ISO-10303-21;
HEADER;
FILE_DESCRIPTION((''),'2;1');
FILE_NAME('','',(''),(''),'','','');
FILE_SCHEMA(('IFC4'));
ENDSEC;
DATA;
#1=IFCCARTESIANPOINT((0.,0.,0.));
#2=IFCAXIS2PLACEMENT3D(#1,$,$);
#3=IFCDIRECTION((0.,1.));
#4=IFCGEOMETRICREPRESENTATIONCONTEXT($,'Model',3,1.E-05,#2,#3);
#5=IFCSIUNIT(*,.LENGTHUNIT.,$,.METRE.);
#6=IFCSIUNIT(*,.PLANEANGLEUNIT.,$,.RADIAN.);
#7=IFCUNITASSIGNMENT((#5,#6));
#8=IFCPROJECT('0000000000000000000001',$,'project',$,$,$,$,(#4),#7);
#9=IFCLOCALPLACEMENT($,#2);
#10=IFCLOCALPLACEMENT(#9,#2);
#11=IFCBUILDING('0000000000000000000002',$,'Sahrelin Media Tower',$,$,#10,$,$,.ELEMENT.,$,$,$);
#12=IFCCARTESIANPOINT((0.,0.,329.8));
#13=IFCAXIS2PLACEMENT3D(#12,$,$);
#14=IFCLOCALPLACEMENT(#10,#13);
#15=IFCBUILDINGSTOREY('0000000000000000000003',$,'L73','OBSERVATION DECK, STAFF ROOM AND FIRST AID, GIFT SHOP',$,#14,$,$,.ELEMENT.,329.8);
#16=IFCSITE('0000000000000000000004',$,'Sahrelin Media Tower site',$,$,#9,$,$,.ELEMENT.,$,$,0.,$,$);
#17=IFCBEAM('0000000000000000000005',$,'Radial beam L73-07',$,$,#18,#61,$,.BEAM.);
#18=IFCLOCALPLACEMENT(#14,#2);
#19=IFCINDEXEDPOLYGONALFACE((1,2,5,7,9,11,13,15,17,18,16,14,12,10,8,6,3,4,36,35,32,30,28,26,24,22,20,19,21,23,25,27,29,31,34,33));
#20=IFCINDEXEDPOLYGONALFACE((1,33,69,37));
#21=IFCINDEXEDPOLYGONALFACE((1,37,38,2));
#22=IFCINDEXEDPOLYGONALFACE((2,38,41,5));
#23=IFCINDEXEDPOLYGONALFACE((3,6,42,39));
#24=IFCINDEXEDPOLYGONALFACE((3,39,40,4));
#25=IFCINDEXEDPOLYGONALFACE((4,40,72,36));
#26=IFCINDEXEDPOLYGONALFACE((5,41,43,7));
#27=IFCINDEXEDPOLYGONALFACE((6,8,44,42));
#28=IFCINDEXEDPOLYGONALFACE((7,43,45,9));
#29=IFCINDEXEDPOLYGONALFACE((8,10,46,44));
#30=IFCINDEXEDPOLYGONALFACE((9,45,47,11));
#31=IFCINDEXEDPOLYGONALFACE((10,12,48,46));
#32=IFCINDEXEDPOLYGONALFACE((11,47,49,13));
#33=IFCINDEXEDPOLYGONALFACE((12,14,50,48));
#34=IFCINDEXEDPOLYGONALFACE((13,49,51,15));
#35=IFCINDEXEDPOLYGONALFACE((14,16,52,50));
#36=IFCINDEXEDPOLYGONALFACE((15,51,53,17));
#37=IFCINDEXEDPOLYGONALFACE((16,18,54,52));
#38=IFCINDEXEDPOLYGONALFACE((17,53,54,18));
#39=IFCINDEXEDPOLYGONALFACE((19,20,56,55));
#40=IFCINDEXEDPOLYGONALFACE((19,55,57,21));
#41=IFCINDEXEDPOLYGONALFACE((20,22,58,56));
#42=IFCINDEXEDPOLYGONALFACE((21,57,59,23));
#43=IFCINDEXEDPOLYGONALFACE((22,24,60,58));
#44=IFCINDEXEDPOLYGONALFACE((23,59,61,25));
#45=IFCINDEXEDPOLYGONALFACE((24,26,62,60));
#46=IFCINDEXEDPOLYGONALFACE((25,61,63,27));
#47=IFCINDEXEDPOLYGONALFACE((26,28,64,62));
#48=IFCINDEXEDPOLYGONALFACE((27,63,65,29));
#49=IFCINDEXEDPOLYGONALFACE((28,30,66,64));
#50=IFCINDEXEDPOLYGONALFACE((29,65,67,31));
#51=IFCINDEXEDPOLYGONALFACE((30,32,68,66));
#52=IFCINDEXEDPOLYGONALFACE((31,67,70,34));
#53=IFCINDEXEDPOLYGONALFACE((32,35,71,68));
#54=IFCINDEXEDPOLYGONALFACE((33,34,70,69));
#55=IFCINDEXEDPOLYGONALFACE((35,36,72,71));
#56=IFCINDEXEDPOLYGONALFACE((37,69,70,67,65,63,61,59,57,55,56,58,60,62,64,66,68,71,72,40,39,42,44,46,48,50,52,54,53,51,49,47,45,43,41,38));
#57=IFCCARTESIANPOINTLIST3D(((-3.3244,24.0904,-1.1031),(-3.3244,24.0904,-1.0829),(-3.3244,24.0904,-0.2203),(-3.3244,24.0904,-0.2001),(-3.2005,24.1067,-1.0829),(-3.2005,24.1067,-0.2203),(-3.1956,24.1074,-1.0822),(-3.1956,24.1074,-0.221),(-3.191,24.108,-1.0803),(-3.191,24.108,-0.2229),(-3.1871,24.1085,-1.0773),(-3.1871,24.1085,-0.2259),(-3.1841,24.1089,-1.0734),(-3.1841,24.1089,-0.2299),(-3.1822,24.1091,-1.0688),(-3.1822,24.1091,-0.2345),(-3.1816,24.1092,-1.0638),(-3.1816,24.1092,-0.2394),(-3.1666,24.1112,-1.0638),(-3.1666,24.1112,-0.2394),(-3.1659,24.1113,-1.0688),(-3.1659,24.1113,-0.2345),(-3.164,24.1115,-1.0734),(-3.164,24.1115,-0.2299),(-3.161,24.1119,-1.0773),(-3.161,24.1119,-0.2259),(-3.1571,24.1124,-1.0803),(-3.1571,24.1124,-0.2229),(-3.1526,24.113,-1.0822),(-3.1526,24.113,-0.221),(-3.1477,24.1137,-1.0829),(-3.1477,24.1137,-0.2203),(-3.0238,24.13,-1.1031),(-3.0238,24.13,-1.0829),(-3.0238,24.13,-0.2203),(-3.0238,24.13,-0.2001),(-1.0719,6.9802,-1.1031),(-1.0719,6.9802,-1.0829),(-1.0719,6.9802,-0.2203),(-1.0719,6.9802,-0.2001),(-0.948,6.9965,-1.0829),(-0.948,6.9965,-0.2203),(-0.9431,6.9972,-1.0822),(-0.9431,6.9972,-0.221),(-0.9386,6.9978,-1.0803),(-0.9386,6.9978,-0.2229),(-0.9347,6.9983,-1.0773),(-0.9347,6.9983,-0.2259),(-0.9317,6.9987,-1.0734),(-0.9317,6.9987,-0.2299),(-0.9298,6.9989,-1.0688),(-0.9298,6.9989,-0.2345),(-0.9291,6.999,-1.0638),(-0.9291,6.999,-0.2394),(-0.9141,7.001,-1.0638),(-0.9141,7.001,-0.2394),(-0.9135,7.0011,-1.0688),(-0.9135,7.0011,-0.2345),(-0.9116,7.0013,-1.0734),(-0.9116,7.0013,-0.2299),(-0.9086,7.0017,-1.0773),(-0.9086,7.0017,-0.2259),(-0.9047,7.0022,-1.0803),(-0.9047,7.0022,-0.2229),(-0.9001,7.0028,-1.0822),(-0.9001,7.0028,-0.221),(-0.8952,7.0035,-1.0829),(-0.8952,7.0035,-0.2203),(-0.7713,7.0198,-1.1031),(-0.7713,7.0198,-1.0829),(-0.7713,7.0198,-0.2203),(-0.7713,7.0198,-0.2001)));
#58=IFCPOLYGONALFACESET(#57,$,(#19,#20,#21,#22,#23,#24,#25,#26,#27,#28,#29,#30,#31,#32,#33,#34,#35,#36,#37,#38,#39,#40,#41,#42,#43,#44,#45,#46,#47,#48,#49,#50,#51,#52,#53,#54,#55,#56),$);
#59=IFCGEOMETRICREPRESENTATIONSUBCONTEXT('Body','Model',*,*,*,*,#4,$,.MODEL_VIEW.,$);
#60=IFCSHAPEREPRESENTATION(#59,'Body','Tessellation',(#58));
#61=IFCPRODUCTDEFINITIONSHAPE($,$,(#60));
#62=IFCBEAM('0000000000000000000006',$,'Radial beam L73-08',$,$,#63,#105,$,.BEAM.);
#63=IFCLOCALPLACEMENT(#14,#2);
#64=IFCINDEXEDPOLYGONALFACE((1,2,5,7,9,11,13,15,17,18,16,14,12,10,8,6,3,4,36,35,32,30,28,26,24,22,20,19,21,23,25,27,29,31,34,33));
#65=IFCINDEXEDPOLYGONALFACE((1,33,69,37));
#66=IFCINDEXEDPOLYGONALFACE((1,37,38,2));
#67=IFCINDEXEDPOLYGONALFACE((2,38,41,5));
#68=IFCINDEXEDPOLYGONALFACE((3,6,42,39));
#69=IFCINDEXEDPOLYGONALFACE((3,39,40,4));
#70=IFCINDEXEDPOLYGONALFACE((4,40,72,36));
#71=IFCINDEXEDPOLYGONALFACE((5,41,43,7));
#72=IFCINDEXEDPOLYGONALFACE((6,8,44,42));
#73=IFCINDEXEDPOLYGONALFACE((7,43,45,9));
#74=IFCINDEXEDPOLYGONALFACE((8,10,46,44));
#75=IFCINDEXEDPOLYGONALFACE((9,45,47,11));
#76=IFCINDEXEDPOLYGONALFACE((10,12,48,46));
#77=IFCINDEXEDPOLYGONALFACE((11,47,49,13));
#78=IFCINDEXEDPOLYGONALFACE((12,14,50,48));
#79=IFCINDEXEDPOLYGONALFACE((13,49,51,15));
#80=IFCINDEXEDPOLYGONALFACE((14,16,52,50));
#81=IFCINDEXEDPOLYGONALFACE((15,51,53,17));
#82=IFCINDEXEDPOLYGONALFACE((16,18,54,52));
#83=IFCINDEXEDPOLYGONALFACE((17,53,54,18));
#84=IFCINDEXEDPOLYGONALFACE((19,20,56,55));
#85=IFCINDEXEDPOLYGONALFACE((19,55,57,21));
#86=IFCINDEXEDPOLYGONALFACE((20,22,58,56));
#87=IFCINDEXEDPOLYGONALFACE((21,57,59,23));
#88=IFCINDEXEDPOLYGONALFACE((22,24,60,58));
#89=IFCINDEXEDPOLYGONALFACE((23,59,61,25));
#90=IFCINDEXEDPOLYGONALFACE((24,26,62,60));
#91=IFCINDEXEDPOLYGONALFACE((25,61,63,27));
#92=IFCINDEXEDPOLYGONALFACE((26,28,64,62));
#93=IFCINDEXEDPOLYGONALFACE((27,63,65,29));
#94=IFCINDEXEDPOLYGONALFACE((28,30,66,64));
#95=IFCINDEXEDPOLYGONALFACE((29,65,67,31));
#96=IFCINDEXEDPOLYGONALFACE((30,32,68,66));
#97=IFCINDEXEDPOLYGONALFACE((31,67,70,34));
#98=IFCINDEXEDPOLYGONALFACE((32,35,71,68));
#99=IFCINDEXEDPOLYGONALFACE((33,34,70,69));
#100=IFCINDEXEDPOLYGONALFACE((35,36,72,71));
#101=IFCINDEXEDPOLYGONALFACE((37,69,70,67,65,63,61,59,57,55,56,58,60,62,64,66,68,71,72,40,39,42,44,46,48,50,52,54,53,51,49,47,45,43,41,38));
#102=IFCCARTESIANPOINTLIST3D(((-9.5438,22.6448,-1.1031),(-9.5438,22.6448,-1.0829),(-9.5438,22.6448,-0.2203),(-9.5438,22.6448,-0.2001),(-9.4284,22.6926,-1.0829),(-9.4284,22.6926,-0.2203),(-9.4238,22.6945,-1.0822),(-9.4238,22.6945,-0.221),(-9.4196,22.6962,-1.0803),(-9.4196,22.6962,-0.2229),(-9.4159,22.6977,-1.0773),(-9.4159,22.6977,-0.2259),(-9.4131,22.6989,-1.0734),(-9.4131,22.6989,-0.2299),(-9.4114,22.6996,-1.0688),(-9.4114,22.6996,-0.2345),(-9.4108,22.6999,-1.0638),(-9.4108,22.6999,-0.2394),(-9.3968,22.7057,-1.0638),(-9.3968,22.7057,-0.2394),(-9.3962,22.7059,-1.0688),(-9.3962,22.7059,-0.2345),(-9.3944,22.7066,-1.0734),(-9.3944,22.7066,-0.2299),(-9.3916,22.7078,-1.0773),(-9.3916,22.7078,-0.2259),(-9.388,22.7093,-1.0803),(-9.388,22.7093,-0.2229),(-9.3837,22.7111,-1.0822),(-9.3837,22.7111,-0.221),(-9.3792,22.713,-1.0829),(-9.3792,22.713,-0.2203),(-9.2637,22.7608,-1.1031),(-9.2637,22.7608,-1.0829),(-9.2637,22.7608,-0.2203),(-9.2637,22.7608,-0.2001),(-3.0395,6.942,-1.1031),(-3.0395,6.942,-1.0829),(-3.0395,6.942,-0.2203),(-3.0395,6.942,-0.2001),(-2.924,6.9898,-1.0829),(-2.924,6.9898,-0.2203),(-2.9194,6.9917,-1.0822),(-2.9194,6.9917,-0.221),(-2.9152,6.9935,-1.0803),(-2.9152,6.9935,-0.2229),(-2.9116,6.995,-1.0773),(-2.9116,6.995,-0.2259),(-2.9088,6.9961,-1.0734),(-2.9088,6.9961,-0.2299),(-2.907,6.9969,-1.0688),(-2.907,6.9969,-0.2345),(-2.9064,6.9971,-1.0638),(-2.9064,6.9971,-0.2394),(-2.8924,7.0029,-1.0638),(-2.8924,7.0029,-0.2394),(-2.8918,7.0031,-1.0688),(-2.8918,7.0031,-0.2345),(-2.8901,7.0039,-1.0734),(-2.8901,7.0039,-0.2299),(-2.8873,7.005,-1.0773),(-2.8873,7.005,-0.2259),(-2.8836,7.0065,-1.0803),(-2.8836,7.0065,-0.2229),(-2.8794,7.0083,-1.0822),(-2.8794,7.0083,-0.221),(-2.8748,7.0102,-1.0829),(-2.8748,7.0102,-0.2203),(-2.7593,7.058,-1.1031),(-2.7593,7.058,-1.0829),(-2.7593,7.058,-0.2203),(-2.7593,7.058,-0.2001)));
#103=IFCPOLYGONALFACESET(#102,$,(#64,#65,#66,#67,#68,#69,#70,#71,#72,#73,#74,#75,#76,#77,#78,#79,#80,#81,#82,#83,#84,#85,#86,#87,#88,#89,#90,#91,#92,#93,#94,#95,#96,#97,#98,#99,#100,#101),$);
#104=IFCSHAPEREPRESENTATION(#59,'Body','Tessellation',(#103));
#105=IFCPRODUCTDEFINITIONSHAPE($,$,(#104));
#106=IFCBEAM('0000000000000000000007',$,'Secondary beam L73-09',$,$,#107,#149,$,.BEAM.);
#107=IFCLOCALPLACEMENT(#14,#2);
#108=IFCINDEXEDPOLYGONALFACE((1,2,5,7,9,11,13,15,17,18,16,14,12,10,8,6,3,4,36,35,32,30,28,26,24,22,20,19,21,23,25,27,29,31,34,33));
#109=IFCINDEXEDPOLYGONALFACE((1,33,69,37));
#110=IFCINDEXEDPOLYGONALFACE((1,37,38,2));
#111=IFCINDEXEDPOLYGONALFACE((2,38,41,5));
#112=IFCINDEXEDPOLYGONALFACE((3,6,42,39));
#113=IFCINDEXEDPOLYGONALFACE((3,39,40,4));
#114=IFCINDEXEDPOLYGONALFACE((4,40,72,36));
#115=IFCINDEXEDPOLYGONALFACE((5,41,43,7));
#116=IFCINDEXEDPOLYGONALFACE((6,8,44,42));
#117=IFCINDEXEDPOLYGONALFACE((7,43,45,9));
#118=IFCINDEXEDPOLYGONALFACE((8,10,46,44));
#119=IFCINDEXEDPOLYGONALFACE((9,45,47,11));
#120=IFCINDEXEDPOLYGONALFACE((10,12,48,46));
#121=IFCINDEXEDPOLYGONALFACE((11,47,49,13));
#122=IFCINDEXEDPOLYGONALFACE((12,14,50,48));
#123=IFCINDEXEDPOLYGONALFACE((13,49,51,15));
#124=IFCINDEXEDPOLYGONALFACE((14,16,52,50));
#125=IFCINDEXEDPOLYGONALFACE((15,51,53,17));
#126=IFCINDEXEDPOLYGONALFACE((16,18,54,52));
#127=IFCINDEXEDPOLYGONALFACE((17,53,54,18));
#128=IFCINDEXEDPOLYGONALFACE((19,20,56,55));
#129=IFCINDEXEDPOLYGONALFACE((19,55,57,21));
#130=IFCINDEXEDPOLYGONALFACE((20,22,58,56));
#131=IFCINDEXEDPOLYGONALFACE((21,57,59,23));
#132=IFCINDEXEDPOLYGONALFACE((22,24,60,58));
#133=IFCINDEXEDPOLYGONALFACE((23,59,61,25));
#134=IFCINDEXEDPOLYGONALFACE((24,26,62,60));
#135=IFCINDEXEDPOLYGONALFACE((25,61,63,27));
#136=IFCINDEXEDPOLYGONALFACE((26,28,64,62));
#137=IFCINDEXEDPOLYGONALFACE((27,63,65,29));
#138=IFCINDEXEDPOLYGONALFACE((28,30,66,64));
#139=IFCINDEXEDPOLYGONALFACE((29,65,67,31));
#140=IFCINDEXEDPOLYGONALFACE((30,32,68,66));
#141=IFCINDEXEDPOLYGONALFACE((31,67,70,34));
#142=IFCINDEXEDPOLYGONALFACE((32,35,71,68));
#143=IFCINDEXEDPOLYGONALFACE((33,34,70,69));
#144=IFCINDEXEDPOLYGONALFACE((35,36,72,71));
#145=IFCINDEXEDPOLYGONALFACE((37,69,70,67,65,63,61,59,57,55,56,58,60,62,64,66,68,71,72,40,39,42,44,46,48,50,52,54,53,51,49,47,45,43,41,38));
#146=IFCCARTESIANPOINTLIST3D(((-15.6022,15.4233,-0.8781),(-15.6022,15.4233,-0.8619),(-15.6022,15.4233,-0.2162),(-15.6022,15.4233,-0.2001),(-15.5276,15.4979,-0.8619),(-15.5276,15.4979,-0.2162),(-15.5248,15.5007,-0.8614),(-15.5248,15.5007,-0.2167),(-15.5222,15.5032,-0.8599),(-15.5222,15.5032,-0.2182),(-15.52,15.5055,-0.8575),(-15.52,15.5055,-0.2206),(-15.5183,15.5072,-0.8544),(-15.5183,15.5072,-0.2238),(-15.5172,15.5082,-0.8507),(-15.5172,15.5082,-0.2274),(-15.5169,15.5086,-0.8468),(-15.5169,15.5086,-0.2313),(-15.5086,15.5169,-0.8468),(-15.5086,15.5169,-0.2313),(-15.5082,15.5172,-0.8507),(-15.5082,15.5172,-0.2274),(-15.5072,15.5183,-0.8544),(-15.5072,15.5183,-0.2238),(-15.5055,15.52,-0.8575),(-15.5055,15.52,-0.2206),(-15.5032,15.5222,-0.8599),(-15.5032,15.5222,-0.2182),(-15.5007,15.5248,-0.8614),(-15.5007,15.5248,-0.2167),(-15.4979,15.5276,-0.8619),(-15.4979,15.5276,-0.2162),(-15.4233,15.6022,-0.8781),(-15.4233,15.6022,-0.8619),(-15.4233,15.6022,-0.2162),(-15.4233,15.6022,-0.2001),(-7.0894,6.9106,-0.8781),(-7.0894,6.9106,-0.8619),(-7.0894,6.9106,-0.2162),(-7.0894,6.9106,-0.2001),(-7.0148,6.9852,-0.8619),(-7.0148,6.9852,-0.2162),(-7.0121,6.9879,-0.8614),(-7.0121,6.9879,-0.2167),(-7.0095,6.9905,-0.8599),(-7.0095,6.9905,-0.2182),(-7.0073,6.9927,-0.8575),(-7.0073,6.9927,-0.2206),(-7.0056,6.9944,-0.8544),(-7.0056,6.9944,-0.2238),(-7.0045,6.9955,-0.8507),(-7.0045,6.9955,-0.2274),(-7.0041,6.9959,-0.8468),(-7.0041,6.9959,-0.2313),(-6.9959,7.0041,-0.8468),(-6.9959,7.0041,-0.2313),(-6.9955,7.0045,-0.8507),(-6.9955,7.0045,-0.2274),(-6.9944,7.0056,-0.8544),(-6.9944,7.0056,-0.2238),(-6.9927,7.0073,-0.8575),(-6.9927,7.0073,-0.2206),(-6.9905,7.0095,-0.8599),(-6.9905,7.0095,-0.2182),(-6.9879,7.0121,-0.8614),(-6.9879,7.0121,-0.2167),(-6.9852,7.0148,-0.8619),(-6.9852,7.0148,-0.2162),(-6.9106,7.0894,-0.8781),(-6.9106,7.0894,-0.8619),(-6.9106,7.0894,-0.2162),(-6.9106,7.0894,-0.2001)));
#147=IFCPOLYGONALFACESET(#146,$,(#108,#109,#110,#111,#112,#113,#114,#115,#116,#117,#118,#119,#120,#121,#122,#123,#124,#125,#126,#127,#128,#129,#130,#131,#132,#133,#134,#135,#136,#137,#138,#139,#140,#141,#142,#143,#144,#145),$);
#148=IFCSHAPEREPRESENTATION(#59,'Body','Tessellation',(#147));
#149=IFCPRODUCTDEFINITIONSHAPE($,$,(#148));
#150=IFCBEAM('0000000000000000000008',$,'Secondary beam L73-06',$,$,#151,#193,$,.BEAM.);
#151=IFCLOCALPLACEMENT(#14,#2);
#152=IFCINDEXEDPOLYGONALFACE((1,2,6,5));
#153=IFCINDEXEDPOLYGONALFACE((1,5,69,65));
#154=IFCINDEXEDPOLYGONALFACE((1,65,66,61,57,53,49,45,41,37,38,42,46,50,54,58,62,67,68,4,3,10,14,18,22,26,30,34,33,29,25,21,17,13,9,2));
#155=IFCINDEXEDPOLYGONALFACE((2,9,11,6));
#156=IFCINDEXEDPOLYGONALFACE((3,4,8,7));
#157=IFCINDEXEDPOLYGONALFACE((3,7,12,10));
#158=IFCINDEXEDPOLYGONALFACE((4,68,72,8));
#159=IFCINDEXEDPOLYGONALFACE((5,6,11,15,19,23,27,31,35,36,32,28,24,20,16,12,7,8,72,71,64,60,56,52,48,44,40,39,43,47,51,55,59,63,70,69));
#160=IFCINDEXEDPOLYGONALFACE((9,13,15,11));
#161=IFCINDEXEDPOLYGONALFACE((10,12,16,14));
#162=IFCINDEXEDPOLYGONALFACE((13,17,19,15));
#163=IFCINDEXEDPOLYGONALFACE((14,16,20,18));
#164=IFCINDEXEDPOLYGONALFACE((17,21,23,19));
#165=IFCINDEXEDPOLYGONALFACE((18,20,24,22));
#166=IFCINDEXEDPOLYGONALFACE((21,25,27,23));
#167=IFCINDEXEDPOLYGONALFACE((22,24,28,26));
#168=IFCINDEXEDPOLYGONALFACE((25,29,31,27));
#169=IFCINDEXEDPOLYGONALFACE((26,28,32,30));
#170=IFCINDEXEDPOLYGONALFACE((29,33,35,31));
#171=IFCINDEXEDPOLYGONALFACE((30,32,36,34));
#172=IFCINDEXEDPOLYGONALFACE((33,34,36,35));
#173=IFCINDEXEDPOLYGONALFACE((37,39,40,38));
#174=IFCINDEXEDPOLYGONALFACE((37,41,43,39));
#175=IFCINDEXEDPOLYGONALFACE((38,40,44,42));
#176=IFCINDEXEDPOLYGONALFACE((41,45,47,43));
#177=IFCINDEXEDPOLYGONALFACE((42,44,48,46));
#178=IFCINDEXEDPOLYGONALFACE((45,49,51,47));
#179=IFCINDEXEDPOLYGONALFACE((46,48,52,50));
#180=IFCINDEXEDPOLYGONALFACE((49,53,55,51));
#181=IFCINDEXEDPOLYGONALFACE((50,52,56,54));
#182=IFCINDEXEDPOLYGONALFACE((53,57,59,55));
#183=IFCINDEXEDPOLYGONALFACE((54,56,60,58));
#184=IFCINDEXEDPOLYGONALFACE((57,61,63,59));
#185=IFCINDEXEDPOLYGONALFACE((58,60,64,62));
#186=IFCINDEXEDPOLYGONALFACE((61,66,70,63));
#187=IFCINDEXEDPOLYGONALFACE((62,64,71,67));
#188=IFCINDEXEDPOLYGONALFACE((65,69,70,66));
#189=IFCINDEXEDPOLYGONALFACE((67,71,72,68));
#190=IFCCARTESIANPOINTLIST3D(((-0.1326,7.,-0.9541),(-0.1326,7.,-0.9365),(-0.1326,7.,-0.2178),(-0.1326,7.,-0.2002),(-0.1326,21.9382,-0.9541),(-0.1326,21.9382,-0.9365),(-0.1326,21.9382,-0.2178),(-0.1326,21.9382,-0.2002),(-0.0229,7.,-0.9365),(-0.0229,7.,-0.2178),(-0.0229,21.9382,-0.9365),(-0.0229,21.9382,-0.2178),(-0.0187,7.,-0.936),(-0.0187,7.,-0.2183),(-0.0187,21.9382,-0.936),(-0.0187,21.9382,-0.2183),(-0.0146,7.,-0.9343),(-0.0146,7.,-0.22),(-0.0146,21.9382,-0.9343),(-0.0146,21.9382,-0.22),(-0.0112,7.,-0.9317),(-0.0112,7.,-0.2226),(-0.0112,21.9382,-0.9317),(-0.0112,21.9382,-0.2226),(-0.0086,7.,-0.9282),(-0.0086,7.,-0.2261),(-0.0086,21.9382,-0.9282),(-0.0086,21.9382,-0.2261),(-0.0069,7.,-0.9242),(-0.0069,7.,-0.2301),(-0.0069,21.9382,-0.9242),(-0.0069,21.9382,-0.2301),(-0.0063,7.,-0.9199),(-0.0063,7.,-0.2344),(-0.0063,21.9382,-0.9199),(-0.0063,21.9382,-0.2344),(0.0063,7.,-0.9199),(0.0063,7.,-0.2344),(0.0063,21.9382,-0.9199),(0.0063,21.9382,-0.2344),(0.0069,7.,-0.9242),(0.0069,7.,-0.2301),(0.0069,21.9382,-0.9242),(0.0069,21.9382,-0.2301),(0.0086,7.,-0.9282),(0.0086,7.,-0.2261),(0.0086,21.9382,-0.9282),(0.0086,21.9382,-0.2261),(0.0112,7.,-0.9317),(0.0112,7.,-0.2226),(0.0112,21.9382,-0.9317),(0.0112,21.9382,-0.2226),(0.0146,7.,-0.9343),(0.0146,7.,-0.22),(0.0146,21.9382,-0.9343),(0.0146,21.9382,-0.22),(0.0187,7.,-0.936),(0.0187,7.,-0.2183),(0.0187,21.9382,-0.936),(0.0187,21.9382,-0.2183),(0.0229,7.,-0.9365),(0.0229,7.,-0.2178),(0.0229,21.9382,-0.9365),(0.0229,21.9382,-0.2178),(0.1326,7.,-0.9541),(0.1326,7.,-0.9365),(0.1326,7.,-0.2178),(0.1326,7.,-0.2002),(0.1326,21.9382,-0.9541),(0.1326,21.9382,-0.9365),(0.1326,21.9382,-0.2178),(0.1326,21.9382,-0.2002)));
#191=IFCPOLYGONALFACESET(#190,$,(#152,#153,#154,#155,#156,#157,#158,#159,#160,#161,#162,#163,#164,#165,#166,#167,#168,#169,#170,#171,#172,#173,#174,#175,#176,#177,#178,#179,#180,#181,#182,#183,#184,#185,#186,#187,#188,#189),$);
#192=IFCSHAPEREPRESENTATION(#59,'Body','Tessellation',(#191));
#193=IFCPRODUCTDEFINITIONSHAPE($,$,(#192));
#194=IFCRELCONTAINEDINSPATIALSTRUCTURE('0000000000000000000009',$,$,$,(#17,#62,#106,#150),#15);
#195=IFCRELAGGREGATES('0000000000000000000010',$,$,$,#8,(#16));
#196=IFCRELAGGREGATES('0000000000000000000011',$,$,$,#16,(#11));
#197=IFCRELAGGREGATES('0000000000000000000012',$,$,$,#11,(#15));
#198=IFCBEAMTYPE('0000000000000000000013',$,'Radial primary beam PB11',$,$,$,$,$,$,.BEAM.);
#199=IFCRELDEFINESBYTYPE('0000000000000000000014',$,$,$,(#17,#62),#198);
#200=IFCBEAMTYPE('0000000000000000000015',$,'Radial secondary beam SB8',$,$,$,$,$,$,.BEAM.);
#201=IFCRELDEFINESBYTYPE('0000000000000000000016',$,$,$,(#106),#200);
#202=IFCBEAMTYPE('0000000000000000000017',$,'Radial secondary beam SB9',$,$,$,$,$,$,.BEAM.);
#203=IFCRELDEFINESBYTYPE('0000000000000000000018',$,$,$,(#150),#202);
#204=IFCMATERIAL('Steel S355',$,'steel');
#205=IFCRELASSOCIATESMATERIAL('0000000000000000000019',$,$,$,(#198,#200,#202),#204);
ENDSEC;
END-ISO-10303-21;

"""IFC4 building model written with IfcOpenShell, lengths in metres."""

from ifc_helpers import new_model, si_unit, direction, frame, origin, origin_2d, place, context, subcontext, project, spatial, i_section, extrude, material, material_profile, profile_set, type_object, element, save


model = new_model("IFC4")

# Units and contexts
model_context = context("Model", 3, precision=1e-05, world=origin(), true_north=direction((0.0, 1.0)))
body_context = subcontext(model_context, "Body", "Model", "MODEL_VIEW")
ifc_project = project(units=[si_unit("LENGTHUNIT", "METRE"), si_unit("PLANEANGLEUNIT", "RADIAN")], contexts=[model_context])

# Site, building, storey
site_placement = place(None, origin())
site = spatial("IfcSite", under=ifc_project, at=site_placement, Name="Sahrelin Media Tower site", CompositionType="ELEMENT", RefElevation=0.0)
building_placement = place(site_placement, origin())
building = spatial("IfcBuilding", under=site, at=building_placement, Name="Sahrelin Media Tower", CompositionType="ELEMENT")
storey_placement = place(building_placement, frame((0.0, 0.0, 329.8)))
storey = spatial("IfcBuildingStorey", under=building, at=storey_placement, Name="L73", Description="OBSERVATION DECK, STAFF ROOM AND FIRST AID, GIFT SHOP", CompositionType="ELEMENT", Elevation=329.8)

# Shared definitions
ifc_material_1 = material(Name="Steel S355", Category="steel")

# Beams
ifc_material_profile_1 = material_profile(ifc_material_1, i_section(OverallWidth=0.3032, OverallDepth=0.9031, WebThickness=0.0151, FlangeThickness=0.0203, FilletRadius=0.019, at=origin_2d()), Name="UB 914x305x201")
ifc_profile_set_1 = profile_set([ifc_material_profile_1], Name="Steel S355")
beam_type_1 = type_object("IfcBeamType", Name="Radial primary beam PB11", PredefinedType="BEAM", material=ifc_profile_set_1)
beam_1_placement = place(storey_placement, frame((-0.9216, 7.0, -0.6516), z_axis=(-0.130518, 0.991446, 0.0), x_axis=(-0.991446, -0.130518, 0.0)))
element("IfcBeam", 1, at=beam_1_placement, inside=storey, type_object=beam_type_1, Name="Radial beam L73-07", PredefinedType="BEAM", context=body_context, shape_type="SweptSolid", body=[
    extrude(i_section(OverallWidth=0.3032, OverallDepth=0.9031, WebThickness=0.0151, FlangeThickness=0.0203, FilletRadius=0.019, at=origin_2d()), origin(), (0.0, 0.0, 1.0), 17.2578),
])
beam_2_placement = place(storey_placement, frame((-2.8994, 7.0, -0.6516), z_axis=(-0.382686, 0.923879, 0.0), x_axis=(-0.923879, -0.382686, 0.0)))
element("IfcBeam", 2, at=beam_2_placement, inside=storey, type_object=beam_type_1, Name="Radial beam L73-08", PredefinedType="BEAM", context=body_context, shape_type="SweptSolid", body=[
    extrude(i_section(OverallWidth=0.3032, OverallDepth=0.9031, WebThickness=0.0151, FlangeThickness=0.0203, FilletRadius=0.019, at=origin_2d()), origin(), (0.0, 0.0, 1.0), 16.9966),
])
ifc_material_profile_2 = material_profile(ifc_material_1, i_section(OverallWidth=0.2529, OverallDepth=0.678, WebThickness=0.0117, FlangeThickness=0.0161, FilletRadius=0.0151, at=origin_2d()), Name="UB 686x254x125")
ifc_profile_set_2 = profile_set([ifc_material_profile_2], Name="Steel S355")
beam_type_2 = type_object("IfcBeamType", Name="Radial secondary beam SB8", PredefinedType="BEAM", material=ifc_profile_set_2)
beam_3_placement = place(storey_placement, frame((-7.0, 7.0, -0.5391), z_axis=(-0.707107, 0.707107, 0.0), x_axis=(-0.707107, -0.707107, 0.0)))
element("IfcBeam", 3, at=beam_3_placement, inside=storey, type_object=beam_type_2, Name="Secondary beam L73-09", PredefinedType="BEAM", context=body_context, shape_type="SweptSolid", body=[
    extrude(i_section(OverallWidth=0.2529, OverallDepth=0.678, WebThickness=0.0117, FlangeThickness=0.0161, FilletRadius=0.0151, at=origin_2d()), origin(), (0.0, 0.0, 1.0), 12.0388),
])
ifc_material_profile_3 = material_profile(ifc_material_1, i_section(OverallWidth=0.2651, OverallDepth=0.7539, WebThickness=0.0127, FlangeThickness=0.0176, FilletRadius=0.0166, at=origin_2d()), Name="UB 762x267x147")
ifc_profile_set_3 = profile_set([ifc_material_profile_3], Name="Steel S355")
beam_type_3 = type_object("IfcBeamType", Name="Radial secondary beam SB9", PredefinedType="BEAM", material=ifc_profile_set_3)
beam_4_placement = place(storey_placement, frame((0.0, 7.0, -0.5771), z_axis=(0.0, 1.0, 0.0), x_axis=(-1.0, 0.0, 0.0)))
element("IfcBeam", 4, at=beam_4_placement, inside=storey, type_object=beam_type_3, Name="Secondary beam L73-06", PredefinedType="BEAM", context=body_context, shape_type="SweptSolid", body=[
    extrude(i_section(OverallWidth=0.2651, OverallDepth=0.7539, WebThickness=0.0127, FlangeThickness=0.0176, FilletRadius=0.0166, at=origin_2d()), origin(), (0.0, 0.0, 1.0), 14.9382),
])

save(model, "model.ifc")
